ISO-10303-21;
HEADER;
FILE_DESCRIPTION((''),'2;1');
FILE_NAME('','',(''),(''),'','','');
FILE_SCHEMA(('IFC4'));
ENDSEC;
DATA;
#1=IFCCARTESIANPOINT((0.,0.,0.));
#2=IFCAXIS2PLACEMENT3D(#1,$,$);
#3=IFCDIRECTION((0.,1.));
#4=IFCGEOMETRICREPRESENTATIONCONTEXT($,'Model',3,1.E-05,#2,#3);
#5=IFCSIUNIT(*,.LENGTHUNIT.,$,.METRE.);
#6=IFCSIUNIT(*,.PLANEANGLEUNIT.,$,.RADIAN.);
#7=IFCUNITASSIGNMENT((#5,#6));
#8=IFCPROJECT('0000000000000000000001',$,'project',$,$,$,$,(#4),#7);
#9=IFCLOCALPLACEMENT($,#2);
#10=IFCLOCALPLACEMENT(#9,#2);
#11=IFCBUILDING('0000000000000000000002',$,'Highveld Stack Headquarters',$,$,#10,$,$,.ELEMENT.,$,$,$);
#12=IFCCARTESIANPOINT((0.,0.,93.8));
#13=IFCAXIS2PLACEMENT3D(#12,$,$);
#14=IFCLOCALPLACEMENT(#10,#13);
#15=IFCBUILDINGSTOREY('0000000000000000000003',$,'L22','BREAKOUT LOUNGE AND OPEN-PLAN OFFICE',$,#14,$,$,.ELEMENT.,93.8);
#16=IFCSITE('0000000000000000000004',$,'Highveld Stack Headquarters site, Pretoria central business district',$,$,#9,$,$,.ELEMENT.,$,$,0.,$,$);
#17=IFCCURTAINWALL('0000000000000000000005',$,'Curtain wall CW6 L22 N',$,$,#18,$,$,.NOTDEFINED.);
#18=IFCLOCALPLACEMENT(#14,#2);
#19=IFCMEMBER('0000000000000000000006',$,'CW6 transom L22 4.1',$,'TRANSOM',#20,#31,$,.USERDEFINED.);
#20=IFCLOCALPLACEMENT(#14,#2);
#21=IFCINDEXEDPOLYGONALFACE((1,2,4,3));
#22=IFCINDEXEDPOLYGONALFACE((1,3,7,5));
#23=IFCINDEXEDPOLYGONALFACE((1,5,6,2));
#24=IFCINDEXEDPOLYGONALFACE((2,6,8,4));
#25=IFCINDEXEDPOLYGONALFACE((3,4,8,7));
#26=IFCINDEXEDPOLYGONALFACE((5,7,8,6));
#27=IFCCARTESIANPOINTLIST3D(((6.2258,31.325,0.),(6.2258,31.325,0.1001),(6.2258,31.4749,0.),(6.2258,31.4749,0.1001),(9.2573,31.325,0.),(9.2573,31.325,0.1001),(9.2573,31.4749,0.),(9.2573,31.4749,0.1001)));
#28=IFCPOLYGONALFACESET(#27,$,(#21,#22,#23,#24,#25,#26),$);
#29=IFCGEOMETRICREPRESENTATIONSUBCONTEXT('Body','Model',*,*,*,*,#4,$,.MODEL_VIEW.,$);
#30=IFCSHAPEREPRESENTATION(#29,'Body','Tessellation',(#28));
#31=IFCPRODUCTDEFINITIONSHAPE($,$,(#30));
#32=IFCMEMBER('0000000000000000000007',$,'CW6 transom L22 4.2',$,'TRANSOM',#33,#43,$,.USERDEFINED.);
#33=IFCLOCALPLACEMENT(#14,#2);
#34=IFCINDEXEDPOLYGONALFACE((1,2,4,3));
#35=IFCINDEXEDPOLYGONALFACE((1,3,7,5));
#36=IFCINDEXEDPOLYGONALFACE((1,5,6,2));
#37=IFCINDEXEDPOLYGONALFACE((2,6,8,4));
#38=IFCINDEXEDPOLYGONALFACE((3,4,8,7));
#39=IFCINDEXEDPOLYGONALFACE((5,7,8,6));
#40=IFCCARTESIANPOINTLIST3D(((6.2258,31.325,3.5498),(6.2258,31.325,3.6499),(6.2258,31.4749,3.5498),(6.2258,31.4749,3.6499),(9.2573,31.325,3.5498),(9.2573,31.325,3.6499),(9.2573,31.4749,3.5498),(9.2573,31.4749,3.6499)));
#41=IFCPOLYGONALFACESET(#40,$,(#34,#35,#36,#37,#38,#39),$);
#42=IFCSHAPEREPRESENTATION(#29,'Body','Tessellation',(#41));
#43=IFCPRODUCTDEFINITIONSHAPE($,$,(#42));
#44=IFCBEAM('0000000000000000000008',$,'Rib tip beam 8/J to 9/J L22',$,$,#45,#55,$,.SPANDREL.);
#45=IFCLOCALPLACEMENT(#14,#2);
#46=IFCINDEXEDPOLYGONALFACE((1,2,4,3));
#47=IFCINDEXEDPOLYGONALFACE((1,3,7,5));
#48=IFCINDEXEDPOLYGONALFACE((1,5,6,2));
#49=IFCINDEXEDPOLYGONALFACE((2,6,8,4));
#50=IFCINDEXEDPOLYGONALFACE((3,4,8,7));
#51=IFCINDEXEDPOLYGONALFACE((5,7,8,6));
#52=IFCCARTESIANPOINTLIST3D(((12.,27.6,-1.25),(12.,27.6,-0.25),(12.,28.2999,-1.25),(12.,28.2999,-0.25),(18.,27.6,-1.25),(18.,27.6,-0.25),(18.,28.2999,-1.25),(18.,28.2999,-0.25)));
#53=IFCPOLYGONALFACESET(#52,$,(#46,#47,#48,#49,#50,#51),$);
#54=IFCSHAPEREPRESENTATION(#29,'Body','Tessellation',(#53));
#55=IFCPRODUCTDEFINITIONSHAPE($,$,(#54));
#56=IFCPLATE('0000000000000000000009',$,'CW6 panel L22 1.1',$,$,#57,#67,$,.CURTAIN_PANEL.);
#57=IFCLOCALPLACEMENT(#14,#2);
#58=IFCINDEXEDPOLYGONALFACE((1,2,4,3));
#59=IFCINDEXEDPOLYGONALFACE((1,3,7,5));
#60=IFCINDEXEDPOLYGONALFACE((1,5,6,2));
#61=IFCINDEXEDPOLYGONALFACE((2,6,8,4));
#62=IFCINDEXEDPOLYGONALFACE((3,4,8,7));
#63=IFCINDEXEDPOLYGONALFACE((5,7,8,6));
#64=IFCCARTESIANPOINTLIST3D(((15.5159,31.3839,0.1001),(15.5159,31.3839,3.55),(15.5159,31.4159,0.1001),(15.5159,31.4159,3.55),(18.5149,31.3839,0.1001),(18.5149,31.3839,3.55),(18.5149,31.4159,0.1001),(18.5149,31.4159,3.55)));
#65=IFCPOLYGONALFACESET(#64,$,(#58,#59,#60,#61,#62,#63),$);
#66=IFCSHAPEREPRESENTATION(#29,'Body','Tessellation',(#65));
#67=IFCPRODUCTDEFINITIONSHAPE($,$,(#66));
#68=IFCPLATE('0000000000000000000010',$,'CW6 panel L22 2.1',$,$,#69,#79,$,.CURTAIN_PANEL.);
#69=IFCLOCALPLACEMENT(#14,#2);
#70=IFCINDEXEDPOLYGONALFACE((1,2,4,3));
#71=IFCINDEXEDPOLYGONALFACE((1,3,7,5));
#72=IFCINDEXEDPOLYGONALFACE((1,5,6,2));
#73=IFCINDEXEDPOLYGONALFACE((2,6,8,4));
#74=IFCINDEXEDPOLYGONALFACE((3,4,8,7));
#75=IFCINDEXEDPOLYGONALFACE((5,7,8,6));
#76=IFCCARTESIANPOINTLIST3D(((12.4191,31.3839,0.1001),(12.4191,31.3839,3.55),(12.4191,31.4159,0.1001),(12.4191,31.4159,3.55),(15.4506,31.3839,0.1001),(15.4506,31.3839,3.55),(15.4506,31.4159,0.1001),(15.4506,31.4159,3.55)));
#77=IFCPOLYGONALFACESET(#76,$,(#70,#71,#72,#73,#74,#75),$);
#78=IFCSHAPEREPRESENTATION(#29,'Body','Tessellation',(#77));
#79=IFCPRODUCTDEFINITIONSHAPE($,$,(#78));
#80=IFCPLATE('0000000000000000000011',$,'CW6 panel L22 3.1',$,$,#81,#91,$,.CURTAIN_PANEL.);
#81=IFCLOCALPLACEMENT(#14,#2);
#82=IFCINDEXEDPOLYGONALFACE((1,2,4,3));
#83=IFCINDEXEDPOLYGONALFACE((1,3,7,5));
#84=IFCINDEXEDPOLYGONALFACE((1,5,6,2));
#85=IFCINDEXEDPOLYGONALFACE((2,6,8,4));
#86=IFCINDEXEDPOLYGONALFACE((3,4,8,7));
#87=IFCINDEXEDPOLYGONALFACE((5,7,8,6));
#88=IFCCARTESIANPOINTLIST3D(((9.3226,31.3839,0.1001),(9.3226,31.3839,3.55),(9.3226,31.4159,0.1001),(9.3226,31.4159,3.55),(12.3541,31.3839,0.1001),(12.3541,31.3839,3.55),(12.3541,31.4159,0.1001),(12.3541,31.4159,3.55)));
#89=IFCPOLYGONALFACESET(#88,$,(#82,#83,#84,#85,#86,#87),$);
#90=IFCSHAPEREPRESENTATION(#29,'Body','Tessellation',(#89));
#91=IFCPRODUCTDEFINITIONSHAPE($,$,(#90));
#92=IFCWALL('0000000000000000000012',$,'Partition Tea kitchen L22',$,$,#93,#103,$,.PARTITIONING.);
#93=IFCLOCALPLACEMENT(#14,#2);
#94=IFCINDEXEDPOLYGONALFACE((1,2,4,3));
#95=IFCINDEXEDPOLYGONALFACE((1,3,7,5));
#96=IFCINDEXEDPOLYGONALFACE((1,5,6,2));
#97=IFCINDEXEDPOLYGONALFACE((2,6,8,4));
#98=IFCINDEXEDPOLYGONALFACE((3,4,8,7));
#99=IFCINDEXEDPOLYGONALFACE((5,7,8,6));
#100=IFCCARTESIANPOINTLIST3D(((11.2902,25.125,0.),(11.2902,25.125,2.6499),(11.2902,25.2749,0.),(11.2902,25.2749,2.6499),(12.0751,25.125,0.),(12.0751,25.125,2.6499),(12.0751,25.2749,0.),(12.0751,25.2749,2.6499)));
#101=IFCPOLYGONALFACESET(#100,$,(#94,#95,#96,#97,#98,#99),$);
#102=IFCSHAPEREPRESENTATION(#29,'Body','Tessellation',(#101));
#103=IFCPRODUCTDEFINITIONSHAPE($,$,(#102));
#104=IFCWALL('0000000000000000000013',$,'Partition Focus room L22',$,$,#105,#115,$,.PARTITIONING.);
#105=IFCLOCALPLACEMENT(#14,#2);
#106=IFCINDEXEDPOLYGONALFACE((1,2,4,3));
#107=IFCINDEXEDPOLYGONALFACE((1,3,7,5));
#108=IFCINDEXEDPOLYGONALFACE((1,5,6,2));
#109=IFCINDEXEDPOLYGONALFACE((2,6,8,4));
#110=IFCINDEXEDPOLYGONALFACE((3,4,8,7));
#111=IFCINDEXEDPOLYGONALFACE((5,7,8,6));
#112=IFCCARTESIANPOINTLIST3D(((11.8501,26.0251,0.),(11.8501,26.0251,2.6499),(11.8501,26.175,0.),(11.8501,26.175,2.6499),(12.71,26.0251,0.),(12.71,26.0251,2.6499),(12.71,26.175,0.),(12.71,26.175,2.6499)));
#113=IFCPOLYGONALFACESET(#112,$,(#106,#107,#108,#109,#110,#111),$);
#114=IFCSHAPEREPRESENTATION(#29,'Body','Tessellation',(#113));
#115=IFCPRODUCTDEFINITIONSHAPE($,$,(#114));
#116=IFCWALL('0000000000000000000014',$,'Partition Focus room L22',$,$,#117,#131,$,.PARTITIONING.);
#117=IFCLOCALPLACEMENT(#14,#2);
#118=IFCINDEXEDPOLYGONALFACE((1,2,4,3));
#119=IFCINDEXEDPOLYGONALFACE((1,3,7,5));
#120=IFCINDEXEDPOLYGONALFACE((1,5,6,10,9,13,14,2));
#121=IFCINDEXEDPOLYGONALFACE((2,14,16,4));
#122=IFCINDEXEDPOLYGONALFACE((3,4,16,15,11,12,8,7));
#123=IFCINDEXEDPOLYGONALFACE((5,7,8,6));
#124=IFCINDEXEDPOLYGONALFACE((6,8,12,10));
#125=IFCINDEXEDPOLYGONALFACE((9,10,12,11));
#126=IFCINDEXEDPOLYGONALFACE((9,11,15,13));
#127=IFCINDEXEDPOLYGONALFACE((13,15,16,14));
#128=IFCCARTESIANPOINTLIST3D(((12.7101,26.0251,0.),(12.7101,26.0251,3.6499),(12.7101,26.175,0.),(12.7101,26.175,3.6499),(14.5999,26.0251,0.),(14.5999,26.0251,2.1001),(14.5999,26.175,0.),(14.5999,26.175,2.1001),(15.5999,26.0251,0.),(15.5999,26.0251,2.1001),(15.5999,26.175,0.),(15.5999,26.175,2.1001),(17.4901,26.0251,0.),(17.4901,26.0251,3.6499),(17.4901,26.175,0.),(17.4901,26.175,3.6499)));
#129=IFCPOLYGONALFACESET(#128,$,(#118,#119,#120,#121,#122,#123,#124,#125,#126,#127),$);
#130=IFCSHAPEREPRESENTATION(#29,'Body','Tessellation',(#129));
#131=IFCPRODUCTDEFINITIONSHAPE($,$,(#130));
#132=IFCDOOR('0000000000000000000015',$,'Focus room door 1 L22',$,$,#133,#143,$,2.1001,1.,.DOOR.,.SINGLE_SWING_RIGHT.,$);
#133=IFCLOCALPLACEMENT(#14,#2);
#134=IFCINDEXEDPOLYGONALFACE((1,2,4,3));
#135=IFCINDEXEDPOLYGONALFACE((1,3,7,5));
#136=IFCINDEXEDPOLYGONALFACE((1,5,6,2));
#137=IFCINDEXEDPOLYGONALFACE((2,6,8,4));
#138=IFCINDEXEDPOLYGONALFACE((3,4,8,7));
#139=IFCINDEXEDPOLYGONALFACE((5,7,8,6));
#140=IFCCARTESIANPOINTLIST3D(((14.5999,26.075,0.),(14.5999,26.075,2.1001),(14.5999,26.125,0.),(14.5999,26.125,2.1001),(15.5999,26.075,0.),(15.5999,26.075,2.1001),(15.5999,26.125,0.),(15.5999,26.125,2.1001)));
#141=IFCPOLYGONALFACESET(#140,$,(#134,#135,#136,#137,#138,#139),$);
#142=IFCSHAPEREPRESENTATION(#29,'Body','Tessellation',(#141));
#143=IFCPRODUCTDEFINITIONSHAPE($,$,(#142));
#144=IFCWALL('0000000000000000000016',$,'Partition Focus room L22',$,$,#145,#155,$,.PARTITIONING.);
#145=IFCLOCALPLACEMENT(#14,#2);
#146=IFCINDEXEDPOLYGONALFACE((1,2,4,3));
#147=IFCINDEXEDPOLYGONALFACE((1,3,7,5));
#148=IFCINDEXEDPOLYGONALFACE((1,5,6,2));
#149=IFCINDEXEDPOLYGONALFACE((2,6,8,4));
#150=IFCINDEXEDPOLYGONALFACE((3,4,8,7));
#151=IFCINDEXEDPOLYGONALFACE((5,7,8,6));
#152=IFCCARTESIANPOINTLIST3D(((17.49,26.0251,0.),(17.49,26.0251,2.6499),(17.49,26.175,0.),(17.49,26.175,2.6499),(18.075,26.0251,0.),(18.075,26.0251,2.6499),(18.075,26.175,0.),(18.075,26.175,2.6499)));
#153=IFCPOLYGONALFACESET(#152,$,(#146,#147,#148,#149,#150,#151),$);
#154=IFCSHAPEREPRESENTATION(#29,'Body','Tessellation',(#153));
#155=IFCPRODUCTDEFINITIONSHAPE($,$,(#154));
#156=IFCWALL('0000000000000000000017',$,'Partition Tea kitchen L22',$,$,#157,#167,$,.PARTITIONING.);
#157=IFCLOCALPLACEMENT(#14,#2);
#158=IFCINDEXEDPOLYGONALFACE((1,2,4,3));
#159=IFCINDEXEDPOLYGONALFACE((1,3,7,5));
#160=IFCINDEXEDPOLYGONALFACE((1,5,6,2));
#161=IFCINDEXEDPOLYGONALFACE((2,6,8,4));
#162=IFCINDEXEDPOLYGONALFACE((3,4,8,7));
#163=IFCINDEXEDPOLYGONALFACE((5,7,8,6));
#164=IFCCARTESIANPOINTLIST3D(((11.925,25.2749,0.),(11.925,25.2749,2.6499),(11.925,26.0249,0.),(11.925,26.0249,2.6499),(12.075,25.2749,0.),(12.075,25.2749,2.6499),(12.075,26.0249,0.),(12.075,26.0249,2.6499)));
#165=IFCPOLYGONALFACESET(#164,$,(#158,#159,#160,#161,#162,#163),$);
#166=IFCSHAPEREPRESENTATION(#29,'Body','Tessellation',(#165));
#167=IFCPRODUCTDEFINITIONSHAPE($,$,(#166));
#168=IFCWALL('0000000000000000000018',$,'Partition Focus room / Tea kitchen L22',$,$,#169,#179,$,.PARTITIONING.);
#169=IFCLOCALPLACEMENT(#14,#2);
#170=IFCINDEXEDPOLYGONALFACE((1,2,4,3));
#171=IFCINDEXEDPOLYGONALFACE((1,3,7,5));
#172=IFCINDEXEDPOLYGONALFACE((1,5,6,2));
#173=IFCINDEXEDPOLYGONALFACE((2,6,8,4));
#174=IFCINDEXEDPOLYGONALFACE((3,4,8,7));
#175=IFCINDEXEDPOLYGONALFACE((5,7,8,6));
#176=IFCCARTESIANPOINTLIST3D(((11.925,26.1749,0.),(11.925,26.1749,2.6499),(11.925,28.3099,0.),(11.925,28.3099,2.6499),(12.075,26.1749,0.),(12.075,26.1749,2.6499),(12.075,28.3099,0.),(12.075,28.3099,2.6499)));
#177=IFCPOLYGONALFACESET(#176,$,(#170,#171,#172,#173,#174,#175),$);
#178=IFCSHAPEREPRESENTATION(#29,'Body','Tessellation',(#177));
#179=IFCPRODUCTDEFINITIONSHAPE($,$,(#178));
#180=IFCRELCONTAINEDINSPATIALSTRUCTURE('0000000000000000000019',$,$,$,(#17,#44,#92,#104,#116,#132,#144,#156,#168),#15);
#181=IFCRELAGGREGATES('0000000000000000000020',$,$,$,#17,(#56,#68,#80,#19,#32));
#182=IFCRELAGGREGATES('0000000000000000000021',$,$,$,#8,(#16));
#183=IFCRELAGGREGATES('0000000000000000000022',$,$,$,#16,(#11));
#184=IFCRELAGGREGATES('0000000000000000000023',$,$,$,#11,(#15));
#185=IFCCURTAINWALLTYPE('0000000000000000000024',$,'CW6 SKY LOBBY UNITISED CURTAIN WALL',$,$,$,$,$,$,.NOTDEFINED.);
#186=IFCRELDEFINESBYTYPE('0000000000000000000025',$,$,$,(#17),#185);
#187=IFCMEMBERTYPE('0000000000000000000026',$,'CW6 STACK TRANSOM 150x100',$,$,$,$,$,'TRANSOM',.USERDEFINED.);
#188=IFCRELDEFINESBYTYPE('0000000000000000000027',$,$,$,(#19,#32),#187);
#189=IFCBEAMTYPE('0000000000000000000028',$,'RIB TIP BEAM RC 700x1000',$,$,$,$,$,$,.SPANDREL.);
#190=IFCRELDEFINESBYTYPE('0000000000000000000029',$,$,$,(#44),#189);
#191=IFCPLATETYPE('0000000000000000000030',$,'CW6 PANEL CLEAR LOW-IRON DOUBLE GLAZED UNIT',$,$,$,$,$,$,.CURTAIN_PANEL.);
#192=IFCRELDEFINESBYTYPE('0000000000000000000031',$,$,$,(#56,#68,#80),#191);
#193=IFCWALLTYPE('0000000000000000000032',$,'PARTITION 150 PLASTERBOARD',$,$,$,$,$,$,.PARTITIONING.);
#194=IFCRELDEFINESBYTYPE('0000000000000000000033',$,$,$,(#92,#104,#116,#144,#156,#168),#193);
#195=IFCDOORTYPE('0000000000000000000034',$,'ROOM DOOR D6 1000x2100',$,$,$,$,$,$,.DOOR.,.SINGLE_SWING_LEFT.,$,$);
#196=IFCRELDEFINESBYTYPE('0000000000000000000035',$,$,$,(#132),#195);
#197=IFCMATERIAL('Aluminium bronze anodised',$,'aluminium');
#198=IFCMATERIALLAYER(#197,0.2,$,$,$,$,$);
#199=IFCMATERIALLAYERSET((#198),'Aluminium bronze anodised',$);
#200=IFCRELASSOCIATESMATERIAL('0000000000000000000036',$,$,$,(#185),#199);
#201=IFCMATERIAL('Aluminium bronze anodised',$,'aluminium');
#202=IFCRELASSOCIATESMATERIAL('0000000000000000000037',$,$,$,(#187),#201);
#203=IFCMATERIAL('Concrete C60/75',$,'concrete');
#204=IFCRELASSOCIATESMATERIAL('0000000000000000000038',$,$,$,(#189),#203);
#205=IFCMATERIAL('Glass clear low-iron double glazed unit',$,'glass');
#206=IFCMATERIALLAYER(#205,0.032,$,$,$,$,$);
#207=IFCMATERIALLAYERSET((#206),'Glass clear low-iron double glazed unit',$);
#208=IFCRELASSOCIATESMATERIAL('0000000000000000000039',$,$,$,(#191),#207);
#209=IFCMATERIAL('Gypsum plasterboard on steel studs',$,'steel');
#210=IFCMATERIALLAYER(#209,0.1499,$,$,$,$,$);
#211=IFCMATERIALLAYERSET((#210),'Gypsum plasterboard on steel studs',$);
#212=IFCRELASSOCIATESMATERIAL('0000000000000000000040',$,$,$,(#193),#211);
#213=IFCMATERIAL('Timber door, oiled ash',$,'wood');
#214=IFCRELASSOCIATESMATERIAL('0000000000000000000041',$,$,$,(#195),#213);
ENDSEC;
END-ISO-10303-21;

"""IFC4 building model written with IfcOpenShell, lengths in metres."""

from ifc_helpers import new_model, si_unit, direction, frame, frame_2d, origin, origin_2d, place, context, subcontext, project, spatial, rectangle, extrude, material, layer, layer_set, material_profile, profile_set, type_object, element, fill, aggregate, save


model = new_model("IFC4")

# Units and contexts
model_context = context("Model", 3, precision=1e-05, world=origin(), true_north=direction((0.0, 1.0)))
body_context = subcontext(model_context, "Body", "Model", "MODEL_VIEW")
ifc_project = project(units=[si_unit("LENGTHUNIT", "METRE"), si_unit("PLANEANGLEUNIT", "RADIAN")], contexts=[model_context])

# Site, building, storey
site_placement = place(None, origin())
site = spatial("IfcSite", under=ifc_project, at=site_placement, Name="Highveld Stack Headquarters site, Pretoria central business district", CompositionType="ELEMENT", RefElevation=0.0)
building_placement = place(site_placement, origin())
building = spatial("IfcBuilding", under=site, at=building_placement, Name="Highveld Stack Headquarters", CompositionType="ELEMENT")
storey_placement = place(building_placement, frame((0.0, 0.0, 93.8)))
storey = spatial("IfcBuildingStorey", under=building, at=storey_placement, Name="L22", Description="BREAKOUT LOUNGE AND OPEN-PLAN OFFICE", CompositionType="ELEMENT", Elevation=93.8)

# Curtain wall, members
ifc_material_1 = material(Name="Aluminium bronze anodised", Category="aluminium")
ifc_layer_1 = layer(ifc_material_1, 0.2)
ifc_layer_set_1 = layer_set([ifc_layer_1], Name="Aluminium bronze anodised")
curtain_wall_type = type_object("IfcCurtainWallType", Name="CW6 SKY LOBBY UNITISED CURTAIN WALL", PredefinedType="NOTDEFINED", material=ifc_layer_set_1)
curtain_wall_placement = place(storey_placement, origin())
curtain_wall = element("IfcCurtainWall", 1, at=curtain_wall_placement, inside=storey, type_object=curtain_wall_type, Name="Curtain wall CW6 L22 N", PredefinedType="NOTDEFINED")
ifc_material_2 = material(Name="Aluminium bronze anodised", Category="aluminium")
ifc_material_profile_1 = material_profile(ifc_material_2, rectangle(XDim=0.1499, YDim=0.1001, at=origin_2d()), Name="CW6 TRANSOM 150x100")
ifc_profile_set_1 = profile_set([ifc_material_profile_1], Name="Aluminium bronze anodised")
member_type_1 = type_object("IfcMemberType", Name="CW6 STACK TRANSOM 150x100", ElementType="TRANSOM", PredefinedType="USERDEFINED", material=ifc_profile_set_1)
member_1_placement = place(storey_placement, frame((9.2573, 31.3999, 0.05), z_axis=(-1.0, 0.0, 0.0), x_axis=(0.0, -1.0, 0.0)))
member_1 = element("IfcMember", 2, at=member_1_placement, type_object=member_type_1, Name="CW6 transom L22 4.1", ObjectType="TRANSOM", PredefinedType="USERDEFINED", context=body_context, shape_type="SweptSolid", body=[
    extrude(rectangle(XDim=0.1499, YDim=0.1001, at=origin_2d()), origin(), (0.0, 0.0, 1.0), 3.0315),
])
member_2_placement = place(storey_placement, frame((9.2573, 31.3999, 3.5999), z_axis=(-1.0, 0.0, 0.0), x_axis=(0.0, -1.0, 0.0)))
member_2 = element("IfcMember", 3, at=member_2_placement, type_object=member_type_1, Name="CW6 transom L22 4.2", ObjectType="TRANSOM", PredefinedType="USERDEFINED", context=body_context, shape_type="SweptSolid", body=[
    extrude(rectangle(XDim=0.1499, YDim=0.1001, at=origin_2d()), origin(), (0.0, 0.0, 1.0), 3.0315),
])

# Beam
ifc_material_3 = material(Name="Concrete C60/75", Category="concrete")
ifc_material_profile_2 = material_profile(ifc_material_3, rectangle(XDim=0.7, YDim=1.0, at=origin_2d()), Name="RC 700x1000")
ifc_profile_set_2 = profile_set([ifc_material_profile_2], Name="Concrete C60/75")
beam_type_1 = type_object("IfcBeamType", Name="RIB TIP BEAM RC 700x1000", PredefinedType="SPANDREL", material=ifc_profile_set_2)
beam_1_placement = place(storey_placement, frame((12.0, 27.95, -0.75), z_axis=(1.0, 0.0, 0.0), x_axis=(0.0, 1.0, 0.0)))
element("IfcBeam", 4, at=beam_1_placement, inside=storey, type_object=beam_type_1, Name="Rib tip beam 8/J to 9/J L22", PredefinedType="SPANDREL", context=body_context, shape_type="SweptSolid", body=[
    extrude(rectangle(XDim=0.7, YDim=1.0, at=origin_2d()), origin(), (0.0, 0.0, 1.0), 6.0),
])

# Plates
ifc_material_4 = material(Name="Glass clear low-iron double glazed unit", Category="glass")
ifc_layer_2 = layer(ifc_material_4, 0.032)
ifc_layer_set_2 = layer_set([ifc_layer_2], Name="Glass clear low-iron double glazed unit")
plate_type = type_object("IfcPlateType", Name="CW6 PANEL CLEAR LOW-IRON DOUBLE GLAZED UNIT", PredefinedType="CURTAIN_PANEL", material=ifc_layer_set_2)
plate_1_placement = place(storey_placement, frame((17.0154, 31.3999, 0.1001), z_axis=(0.0, 0.0, 1.0), x_axis=(-1.0, 0.0, 0.0)))
plate_1 = element("IfcPlate", 5, at=plate_1_placement, type_object=plate_type, Name="CW6 panel L22 1.1", PredefinedType="CURTAIN_PANEL", context=body_context, shape_type="SweptSolid", body=[
    extrude(rectangle(XDim=2.999, YDim=0.032, at=origin_2d()), origin(), (0.0, 0.0, 1.0), 3.45),
])
plate_2_placement = place(storey_placement, frame((13.9348, 31.3999, 0.1001), z_axis=(0.0, 0.0, 1.0), x_axis=(-1.0, 0.0, 0.0)))
plate_2 = element("IfcPlate", 6, at=plate_2_placement, type_object=plate_type, Name="CW6 panel L22 2.1", PredefinedType="CURTAIN_PANEL", context=body_context, shape_type="SweptSolid", body=[
    extrude(rectangle(XDim=3.0315, YDim=0.032, at=origin_2d()), origin(), (0.0, 0.0, 1.0), 3.45),
])
plate_3_placement = place(storey_placement, frame((10.8384, 31.3999, 0.1001), z_axis=(0.0, 0.0, 1.0), x_axis=(-1.0, 0.0, 0.0)))
plate_3 = element("IfcPlate", 7, at=plate_3_placement, type_object=plate_type, Name="CW6 panel L22 3.1", PredefinedType="CURTAIN_PANEL", context=body_context, shape_type="SweptSolid", body=[
    extrude(rectangle(XDim=3.0315, YDim=0.032, at=origin_2d()), origin(), (0.0, 0.0, 1.0), 3.45),
])
aggregate(curtain_wall, [plate_1, plate_2, plate_3, member_1, member_2])

# Walls
ifc_material_5 = material(Name="Gypsum plasterboard on steel studs", Category="steel")
ifc_layer_3 = layer(ifc_material_5, 0.1499)
ifc_layer_set_3 = layer_set([ifc_layer_3], Name="Gypsum plasterboard on steel studs")
wall_type = type_object("IfcWallType", Name="PARTITION 150 PLASTERBOARD", PredefinedType="PARTITIONING", material=ifc_layer_set_3)
wall_1_placement = place(storey_placement, frame((11.29, 25.2, 0.0), z_axis=(0.0, 0.0, 1.0), x_axis=(1.0, 0.0, 0.0)))
element("IfcWall", 8, at=wall_1_placement, inside=storey, type_object=wall_type, Name="Partition Tea kitchen L22", PredefinedType="PARTITIONING", context=body_context, shape_type="SweptSolid", body=[
    extrude(rectangle(XDim=0.7849, YDim=0.1499, at=frame_2d((0.3926, 0.0))), origin(), (0.0, 0.0, 1.0), 2.6499),
])
wall_2_placement = place(storey_placement, frame((11.8501, 26.1001, 0.0), z_axis=(0.0, 0.0, 1.0), x_axis=(1.0, 0.0, 0.0)))
element("IfcWall", 9, at=wall_2_placement, inside=storey, type_object=wall_type, Name="Partition Focus room L22", PredefinedType="PARTITIONING", context=body_context, shape_type="SweptSolid", body=[
    extrude(rectangle(XDim=0.8599, YDim=0.1499, at=frame_2d((0.4299, 0.0))), origin(), (0.0, 0.0, 1.0), 2.6499),
])

# Wall, opening, door
wall_3_placement = place(storey_placement, frame((12.71, 26.1001, 0.0), z_axis=(0.0, 0.0, 1.0), x_axis=(1.0, 0.0, 0.0)))
wall_3 = element("IfcWall", 10, at=wall_3_placement, inside=storey, type_object=wall_type, Name="Partition Focus room L22", PredefinedType="PARTITIONING", context=body_context, shape_type="SweptSolid", body=[
    extrude(rectangle(XDim=4.78, YDim=0.1499, at=frame_2d((2.3901, 0.0))), origin(), (0.0, 0.0, 1.0), 3.6499),
])
opening_1_placement = place(wall_3_placement, frame((1.8899, 0.0, 0.0)))
opening_1 = element("IfcOpeningElement", 11, at=opening_1_placement, cuts=wall_3, PredefinedType="OPENING", context=body_context, shape_type="SweptSolid", body=[
    extrude(rectangle(XDim=1.0, YDim=2.1001, at=frame_2d((0.5, 1.05))), frame((0.0, 0.085, 0.0), z_axis=(0.0, -1.0, 0.0), x_axis=(1.0, 0.0, 0.0)), (0.0, 0.0, 1.0), 0.1699),
])
ifc_material_6 = material(Name="Timber door, oiled ash", Category="wood")
door_type = type_object("IfcDoorType", Name="ROOM DOOR D6 1000x2100", OperationType="SINGLE_SWING_LEFT", PredefinedType="DOOR", material=ifc_material_6)
door_1_placement = place(opening_1_placement, origin())
door_1 = element("IfcDoor", 12, at=door_1_placement, inside=storey, type_object=door_type, Name="Focus room door 1 L22", OperationType="SINGLE_SWING_RIGHT", OverallHeight=2.1001, OverallWidth=1.0, PredefinedType="DOOR", context=body_context, shape_type="SweptSolid", body=[
    extrude(rectangle(XDim=1.0, YDim=2.1001, at=frame_2d((0.5, 1.05))), frame((0.0, 0.0249, 0.0), z_axis=(0.0, -1.0, 0.0), x_axis=(1.0, 0.0, 0.0)), (0.0, 0.0, 1.0), 0.05),
])
fill(opening_1, door_1)

# Walls
wall_4_placement = place(storey_placement, frame((17.49, 26.1001, 0.0), z_axis=(0.0, 0.0, 1.0), x_axis=(1.0, 0.0, 0.0)))
element("IfcWall", 13, at=wall_4_placement, inside=storey, type_object=wall_type, Name="Partition Focus room L22", PredefinedType="PARTITIONING", context=body_context, shape_type="SweptSolid", body=[
    extrude(rectangle(XDim=0.585, YDim=0.1499, at=frame_2d((0.2925, 0.0))), origin(), (0.0, 0.0, 1.0), 2.6499),
])
wall_5_placement = place(storey_placement, frame((12.0, 25.2749, 0.0), z_axis=(0.0, 0.0, 1.0), x_axis=(0.0, 1.0, 0.0)))
element("IfcWall", 14, at=wall_5_placement, inside=storey, type_object=wall_type, Name="Partition Tea kitchen L22", PredefinedType="PARTITIONING", context=body_context, shape_type="SweptSolid", body=[
    extrude(rectangle(XDim=0.75, YDim=0.1499, at=frame_2d((0.375, 0.0))), origin(), (0.0, 0.0, 1.0), 2.6499),
])
wall_6_placement = place(storey_placement, frame((12.0, 26.175, 0.0), z_axis=(0.0, 0.0, 1.0), x_axis=(0.0, 1.0, 0.0)))
element("IfcWall", 15, at=wall_6_placement, inside=storey, type_object=wall_type, Name="Partition Focus room / Tea kitchen L22", PredefinedType="PARTITIONING", context=body_context, shape_type="SweptSolid", body=[
    extrude(rectangle(XDim=2.135, YDim=0.1499, at=frame_2d((1.0674, 0.0))), origin(), (0.0, 0.0, 1.0), 2.6499),
])

save(model, "model.ifc")
